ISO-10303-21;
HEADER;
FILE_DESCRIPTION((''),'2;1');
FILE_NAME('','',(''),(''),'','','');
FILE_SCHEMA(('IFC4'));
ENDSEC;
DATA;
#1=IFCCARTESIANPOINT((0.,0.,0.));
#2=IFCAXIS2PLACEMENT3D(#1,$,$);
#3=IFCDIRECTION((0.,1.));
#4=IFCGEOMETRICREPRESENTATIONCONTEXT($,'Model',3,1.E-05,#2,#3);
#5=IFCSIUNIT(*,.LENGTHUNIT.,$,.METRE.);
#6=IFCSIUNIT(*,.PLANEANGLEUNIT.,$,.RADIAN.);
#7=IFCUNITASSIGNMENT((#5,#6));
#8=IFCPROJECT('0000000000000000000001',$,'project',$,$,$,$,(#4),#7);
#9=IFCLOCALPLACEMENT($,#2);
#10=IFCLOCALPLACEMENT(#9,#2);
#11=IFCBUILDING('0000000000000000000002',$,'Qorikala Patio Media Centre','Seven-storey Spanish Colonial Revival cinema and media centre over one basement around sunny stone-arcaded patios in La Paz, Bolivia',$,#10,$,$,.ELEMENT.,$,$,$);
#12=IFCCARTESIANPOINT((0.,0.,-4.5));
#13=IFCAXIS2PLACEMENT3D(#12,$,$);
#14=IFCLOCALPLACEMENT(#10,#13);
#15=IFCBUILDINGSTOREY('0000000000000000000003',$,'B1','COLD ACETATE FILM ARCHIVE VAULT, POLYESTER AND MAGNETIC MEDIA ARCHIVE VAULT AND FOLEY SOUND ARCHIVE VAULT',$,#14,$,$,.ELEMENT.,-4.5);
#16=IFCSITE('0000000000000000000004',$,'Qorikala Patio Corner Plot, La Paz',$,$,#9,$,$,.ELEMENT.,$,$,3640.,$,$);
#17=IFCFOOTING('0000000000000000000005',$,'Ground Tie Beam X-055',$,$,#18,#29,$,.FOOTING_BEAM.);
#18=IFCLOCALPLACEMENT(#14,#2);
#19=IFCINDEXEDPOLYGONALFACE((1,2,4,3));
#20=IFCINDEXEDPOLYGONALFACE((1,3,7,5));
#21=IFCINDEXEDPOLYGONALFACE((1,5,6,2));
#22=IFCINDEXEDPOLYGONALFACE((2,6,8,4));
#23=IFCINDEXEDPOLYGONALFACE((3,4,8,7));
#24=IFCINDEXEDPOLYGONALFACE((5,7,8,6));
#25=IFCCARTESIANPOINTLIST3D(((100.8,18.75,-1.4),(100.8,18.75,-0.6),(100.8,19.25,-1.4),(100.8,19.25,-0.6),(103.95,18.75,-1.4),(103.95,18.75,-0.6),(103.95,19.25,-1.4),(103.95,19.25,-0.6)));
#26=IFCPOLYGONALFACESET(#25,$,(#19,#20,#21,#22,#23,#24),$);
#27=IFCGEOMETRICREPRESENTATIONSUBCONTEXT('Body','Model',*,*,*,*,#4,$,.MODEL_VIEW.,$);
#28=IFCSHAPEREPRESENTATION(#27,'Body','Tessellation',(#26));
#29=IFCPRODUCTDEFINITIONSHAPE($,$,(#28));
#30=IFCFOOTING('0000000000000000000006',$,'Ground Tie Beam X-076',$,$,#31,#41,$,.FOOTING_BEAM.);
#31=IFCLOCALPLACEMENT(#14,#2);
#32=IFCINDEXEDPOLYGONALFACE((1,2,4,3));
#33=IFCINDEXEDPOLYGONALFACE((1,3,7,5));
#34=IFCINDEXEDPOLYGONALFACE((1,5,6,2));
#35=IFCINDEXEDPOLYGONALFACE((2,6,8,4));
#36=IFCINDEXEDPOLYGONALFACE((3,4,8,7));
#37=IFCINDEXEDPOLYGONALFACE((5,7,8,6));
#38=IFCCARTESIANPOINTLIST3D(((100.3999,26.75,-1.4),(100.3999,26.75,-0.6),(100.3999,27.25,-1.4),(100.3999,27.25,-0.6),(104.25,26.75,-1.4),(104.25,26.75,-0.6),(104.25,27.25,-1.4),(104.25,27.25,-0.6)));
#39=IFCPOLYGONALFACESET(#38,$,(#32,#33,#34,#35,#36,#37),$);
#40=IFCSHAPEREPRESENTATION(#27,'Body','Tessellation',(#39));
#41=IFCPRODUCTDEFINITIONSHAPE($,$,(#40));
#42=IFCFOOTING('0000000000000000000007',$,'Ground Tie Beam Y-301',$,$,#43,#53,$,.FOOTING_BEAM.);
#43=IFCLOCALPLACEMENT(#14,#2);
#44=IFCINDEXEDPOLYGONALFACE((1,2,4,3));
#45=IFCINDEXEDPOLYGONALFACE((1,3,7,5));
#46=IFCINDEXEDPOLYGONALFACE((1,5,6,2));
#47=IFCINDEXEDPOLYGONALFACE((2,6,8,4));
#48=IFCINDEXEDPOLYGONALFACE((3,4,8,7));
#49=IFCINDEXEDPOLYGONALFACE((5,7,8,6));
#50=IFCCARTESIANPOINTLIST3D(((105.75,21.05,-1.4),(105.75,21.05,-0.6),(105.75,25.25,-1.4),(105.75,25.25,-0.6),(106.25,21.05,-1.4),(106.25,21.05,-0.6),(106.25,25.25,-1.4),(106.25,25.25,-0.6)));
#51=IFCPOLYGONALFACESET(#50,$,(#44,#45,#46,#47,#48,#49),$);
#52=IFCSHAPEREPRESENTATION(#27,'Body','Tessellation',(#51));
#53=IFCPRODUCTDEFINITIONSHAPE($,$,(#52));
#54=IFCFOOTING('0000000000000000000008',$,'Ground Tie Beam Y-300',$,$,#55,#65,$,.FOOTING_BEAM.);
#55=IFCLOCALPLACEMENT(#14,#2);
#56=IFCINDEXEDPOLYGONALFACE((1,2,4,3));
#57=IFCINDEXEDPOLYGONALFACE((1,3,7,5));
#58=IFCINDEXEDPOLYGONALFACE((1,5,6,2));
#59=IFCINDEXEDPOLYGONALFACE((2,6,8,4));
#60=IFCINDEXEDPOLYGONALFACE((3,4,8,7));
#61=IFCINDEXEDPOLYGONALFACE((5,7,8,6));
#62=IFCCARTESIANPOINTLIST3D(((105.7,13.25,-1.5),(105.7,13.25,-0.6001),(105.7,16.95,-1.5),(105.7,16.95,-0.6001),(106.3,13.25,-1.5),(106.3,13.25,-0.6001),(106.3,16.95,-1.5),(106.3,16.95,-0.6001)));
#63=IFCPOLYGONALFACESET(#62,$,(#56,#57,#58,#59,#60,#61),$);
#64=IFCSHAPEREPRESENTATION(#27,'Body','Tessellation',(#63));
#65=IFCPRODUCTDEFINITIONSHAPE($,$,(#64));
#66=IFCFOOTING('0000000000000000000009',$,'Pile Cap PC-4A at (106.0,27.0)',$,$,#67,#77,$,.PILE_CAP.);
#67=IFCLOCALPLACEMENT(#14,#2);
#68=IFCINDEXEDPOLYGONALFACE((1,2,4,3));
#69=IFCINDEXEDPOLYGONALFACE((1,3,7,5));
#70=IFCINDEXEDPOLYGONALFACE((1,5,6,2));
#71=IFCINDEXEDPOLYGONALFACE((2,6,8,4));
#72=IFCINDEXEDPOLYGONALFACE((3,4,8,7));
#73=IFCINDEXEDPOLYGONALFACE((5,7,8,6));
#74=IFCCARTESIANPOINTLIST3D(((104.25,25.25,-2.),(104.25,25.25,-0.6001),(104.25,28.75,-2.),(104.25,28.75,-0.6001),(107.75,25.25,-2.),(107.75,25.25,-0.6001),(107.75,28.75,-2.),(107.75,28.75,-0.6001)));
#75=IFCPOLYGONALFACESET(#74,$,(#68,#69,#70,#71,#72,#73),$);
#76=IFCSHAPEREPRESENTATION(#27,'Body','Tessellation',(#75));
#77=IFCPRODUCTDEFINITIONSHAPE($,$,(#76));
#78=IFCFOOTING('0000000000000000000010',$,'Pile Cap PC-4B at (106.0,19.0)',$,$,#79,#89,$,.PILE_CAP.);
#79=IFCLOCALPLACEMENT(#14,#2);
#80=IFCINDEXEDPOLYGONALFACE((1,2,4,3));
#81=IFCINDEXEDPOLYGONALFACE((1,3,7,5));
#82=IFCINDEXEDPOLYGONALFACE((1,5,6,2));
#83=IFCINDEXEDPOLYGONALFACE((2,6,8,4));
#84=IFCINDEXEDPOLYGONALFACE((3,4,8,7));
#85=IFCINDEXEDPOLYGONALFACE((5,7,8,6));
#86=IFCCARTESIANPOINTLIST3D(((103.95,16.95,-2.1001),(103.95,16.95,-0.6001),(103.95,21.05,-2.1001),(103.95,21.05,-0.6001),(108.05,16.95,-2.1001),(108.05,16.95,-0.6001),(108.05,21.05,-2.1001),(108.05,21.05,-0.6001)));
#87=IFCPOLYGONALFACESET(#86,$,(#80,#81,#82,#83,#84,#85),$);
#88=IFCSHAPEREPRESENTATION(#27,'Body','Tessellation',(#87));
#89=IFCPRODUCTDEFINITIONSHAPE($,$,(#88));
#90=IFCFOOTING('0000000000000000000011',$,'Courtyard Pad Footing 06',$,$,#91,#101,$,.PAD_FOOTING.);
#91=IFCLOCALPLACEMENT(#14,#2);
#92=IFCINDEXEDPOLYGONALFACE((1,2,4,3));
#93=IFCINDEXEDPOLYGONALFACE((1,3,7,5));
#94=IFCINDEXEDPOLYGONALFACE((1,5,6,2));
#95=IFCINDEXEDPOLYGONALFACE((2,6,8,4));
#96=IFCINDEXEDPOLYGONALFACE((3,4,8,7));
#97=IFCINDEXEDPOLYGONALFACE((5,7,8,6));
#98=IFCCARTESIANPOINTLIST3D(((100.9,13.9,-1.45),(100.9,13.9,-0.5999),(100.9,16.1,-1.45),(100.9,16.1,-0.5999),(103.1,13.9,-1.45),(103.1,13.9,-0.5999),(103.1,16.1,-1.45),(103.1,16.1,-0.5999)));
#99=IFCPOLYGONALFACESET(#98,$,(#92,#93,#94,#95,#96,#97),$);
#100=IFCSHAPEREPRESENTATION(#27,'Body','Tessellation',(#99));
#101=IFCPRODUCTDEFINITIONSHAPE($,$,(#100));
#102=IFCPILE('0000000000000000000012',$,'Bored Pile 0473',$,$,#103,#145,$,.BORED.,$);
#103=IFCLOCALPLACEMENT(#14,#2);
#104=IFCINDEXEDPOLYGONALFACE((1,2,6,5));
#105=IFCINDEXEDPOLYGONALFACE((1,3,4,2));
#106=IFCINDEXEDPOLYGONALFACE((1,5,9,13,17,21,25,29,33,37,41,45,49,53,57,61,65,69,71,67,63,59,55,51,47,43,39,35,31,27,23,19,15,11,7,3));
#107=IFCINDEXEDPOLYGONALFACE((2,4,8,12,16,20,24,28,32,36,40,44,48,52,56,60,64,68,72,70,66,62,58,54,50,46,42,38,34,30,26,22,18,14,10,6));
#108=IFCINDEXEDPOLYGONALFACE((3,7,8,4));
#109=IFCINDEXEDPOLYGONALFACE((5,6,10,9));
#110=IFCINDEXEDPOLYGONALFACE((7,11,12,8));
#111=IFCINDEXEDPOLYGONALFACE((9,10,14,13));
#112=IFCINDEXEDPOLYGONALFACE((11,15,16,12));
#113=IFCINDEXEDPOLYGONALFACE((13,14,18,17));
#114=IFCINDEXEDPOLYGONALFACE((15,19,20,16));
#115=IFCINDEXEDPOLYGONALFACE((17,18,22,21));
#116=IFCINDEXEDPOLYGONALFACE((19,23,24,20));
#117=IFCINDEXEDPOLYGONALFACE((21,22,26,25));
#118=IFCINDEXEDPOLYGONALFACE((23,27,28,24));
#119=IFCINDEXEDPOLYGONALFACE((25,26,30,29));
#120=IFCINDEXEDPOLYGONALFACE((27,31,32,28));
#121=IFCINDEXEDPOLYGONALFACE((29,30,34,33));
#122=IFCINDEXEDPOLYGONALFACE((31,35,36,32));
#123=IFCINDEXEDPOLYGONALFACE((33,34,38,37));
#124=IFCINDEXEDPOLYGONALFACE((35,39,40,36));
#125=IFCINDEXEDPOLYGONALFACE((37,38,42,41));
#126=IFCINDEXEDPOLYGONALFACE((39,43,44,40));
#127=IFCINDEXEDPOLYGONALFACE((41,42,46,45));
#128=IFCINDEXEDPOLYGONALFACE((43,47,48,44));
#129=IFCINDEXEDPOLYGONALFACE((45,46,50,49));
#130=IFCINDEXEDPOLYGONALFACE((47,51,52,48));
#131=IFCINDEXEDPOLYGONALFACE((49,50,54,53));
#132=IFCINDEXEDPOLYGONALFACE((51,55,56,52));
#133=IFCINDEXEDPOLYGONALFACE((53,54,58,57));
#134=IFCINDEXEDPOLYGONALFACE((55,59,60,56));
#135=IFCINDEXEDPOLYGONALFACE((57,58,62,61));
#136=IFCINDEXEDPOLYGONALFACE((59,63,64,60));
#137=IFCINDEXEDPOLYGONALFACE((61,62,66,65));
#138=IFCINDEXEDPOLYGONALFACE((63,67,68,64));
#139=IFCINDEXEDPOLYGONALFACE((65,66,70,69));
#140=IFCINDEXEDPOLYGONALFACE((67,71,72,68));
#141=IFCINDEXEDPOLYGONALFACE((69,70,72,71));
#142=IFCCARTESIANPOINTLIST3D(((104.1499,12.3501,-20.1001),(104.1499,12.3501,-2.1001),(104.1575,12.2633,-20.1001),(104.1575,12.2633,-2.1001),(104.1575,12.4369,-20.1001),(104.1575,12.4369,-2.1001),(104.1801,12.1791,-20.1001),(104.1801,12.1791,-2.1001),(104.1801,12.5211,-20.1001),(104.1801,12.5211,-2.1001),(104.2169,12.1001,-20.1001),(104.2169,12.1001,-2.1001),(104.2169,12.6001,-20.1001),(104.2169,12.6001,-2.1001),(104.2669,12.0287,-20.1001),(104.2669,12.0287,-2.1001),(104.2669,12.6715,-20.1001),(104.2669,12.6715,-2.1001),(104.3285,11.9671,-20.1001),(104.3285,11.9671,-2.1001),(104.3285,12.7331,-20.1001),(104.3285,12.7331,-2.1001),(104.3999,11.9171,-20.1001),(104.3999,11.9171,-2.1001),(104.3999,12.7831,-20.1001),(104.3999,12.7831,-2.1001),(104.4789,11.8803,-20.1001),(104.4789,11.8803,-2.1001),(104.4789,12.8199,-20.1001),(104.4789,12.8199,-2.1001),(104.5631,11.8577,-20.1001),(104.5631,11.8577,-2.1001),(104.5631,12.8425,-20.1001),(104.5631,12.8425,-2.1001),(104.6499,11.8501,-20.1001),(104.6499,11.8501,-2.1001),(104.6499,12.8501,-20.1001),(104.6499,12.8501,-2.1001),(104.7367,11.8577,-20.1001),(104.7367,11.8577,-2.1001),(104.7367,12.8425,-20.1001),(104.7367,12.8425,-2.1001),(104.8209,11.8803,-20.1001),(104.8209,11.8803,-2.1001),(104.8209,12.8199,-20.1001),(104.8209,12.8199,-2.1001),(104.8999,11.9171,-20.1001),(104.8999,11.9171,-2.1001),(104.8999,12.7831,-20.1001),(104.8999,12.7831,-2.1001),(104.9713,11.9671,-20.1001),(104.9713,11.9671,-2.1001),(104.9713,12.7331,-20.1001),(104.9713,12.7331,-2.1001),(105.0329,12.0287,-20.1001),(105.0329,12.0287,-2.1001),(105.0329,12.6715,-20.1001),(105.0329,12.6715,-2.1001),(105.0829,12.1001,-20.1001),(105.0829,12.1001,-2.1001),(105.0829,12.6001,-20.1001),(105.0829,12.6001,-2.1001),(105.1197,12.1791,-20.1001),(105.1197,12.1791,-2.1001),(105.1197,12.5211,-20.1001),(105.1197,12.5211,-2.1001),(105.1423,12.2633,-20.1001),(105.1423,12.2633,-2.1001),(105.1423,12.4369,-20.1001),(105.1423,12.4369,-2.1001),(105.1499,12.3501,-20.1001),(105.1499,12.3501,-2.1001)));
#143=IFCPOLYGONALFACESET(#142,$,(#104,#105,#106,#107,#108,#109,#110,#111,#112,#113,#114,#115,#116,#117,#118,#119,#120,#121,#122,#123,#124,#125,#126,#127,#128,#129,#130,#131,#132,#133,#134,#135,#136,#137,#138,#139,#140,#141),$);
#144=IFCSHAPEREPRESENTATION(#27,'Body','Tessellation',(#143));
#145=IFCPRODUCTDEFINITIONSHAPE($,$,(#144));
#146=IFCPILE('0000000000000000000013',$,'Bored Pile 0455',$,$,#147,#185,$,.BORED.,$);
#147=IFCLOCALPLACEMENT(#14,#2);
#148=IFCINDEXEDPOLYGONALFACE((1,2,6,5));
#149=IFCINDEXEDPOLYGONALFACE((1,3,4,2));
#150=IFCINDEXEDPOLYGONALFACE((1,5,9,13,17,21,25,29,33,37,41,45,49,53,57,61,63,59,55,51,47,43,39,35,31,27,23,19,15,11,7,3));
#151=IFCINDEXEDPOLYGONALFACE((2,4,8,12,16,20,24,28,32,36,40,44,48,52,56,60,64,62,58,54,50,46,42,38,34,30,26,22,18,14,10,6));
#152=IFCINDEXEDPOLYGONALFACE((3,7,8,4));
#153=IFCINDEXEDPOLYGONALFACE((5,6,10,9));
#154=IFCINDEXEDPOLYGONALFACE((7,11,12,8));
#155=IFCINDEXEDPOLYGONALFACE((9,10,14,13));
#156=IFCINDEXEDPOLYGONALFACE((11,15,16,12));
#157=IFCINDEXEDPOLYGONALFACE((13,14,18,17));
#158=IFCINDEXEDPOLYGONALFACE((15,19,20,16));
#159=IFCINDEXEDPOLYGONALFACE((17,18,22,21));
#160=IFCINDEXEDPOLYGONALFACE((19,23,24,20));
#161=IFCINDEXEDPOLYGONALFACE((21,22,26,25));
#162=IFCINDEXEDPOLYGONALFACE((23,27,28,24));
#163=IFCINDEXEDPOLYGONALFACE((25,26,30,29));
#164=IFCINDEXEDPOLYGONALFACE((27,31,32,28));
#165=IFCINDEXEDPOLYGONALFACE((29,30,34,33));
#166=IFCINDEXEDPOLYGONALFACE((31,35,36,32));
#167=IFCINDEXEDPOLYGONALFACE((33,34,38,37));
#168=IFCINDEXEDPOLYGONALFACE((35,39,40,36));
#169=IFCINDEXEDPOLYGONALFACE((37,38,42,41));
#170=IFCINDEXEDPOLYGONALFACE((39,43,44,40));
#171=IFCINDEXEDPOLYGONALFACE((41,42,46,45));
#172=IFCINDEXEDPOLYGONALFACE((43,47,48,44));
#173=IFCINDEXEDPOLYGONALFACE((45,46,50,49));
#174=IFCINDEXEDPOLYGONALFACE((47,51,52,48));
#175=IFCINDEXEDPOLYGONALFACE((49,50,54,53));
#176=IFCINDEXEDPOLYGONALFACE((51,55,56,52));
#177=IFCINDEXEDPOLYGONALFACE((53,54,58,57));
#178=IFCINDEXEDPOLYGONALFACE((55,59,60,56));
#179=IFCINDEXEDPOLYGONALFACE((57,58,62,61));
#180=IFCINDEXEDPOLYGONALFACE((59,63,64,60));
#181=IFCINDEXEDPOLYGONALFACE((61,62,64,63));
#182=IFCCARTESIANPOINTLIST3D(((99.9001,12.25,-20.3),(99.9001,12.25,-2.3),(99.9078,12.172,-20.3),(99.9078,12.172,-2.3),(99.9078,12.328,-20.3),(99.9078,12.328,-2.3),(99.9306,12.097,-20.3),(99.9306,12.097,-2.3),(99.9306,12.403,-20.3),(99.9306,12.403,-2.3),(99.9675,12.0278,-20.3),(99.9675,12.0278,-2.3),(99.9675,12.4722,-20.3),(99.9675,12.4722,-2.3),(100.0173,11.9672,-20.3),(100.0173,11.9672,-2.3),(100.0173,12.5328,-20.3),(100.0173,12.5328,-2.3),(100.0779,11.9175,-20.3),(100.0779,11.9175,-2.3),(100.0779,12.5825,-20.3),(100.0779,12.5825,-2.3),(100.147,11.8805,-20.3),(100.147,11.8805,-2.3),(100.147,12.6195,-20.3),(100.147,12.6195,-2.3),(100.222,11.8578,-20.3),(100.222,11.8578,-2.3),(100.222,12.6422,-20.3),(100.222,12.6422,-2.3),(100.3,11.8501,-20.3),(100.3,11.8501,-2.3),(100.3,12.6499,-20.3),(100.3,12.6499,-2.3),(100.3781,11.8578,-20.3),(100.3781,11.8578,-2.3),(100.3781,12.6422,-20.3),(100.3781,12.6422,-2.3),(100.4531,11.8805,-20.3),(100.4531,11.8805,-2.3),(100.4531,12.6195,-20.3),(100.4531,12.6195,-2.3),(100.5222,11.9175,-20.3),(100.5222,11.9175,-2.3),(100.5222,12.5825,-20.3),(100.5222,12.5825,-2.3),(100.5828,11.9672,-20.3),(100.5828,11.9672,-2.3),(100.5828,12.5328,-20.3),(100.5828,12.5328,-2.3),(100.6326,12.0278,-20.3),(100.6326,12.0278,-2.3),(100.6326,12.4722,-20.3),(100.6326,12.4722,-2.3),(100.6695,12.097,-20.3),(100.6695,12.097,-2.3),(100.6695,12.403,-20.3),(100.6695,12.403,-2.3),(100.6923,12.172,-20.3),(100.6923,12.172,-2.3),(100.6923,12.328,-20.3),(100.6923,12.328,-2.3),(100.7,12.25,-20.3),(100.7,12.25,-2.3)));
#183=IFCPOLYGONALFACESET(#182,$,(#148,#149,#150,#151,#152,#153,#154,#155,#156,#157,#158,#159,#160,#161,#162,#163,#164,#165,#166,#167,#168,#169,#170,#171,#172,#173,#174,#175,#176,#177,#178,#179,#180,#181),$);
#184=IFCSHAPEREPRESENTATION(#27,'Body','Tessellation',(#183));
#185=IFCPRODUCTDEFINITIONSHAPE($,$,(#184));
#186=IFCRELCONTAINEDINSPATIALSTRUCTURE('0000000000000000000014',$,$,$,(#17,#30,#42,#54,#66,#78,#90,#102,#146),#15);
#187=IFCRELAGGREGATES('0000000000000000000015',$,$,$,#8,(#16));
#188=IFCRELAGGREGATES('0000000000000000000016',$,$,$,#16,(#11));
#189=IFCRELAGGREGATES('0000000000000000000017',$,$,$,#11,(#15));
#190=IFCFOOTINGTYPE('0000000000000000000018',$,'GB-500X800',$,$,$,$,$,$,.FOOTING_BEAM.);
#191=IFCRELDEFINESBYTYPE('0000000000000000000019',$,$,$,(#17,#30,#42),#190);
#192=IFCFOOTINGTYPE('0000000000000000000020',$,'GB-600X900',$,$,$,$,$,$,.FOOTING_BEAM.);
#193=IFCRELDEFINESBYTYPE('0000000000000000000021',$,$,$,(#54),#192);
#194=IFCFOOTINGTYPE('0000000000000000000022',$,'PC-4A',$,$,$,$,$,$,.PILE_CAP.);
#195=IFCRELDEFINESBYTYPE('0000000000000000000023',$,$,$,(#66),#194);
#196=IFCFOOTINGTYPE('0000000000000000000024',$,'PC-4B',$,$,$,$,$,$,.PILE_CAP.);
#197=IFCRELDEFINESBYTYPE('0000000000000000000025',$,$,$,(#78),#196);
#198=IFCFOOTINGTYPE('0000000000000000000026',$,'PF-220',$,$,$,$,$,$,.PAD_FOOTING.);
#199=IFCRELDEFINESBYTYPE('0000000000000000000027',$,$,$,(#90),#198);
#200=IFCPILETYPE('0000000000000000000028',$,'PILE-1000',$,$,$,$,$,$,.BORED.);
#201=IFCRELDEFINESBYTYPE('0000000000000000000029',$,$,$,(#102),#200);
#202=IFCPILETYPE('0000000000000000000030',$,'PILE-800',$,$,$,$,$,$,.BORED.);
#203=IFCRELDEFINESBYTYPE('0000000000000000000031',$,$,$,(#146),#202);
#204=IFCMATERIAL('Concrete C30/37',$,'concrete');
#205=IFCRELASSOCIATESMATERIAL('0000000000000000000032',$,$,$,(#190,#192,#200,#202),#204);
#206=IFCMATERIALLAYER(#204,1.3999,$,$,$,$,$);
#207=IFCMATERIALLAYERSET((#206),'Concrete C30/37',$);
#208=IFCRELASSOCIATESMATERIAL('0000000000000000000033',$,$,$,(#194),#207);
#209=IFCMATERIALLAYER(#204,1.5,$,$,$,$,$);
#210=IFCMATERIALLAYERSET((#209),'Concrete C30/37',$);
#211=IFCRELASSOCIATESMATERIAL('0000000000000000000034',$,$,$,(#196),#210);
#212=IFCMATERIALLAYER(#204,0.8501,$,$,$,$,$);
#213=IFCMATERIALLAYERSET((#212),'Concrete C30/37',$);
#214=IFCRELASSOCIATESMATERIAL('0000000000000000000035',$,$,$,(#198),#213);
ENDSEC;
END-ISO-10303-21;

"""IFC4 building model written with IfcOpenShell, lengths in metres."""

from ifc_helpers import new_model, si_unit, direction, frame, origin, origin_2d, place, context, subcontext, project, spatial, rectangle, circle, extrude, material, layer, layer_set, material_profile, profile_set, type_object, element, save


model = new_model("IFC4")

# Units and contexts
model_context = context("Model", 3, precision=1e-05, world=origin(), true_north=direction((0.0, 1.0)))
body_context = subcontext(model_context, "Body", "Model", "MODEL_VIEW")
ifc_project = project(units=[si_unit("LENGTHUNIT", "METRE"), si_unit("PLANEANGLEUNIT", "RADIAN")], contexts=[model_context])

# Site, building, storey
site_placement = place(None, origin())
site = spatial("IfcSite", under=ifc_project, at=site_placement, Name="Qorikala Patio Corner Plot, La Paz", CompositionType="ELEMENT", RefElevation=3640.0)
building_placement = place(site_placement, origin())
building = spatial("IfcBuilding", under=site, at=building_placement, Name="Qorikala Patio Media Centre", Description="Seven-storey Spanish Colonial Revival cinema and media centre over one basement around sunny stone-arcaded patios in La Paz, Bolivia", CompositionType="ELEMENT")
storey_placement = place(building_placement, frame((0.0, 0.0, -4.5)))
storey = spatial("IfcBuildingStorey", under=building, at=storey_placement, Name="B1", Description="COLD ACETATE FILM ARCHIVE VAULT, POLYESTER AND MAGNETIC MEDIA ARCHIVE VAULT AND FOLEY SOUND ARCHIVE VAULT", CompositionType="ELEMENT", Elevation=-4.5)

# Footings
ifc_material_1 = material(Name="Concrete C30/37", Category="concrete")
ifc_material_profile_1 = material_profile(ifc_material_1, rectangle(XDim=0.5, YDim=0.8, at=origin_2d()), Name="RC 500x800")
ifc_profile_set_1 = profile_set([ifc_material_profile_1], Name="Concrete C30/37")
footing_type_1 = type_object("IfcFootingType", Name="GB-500X800", PredefinedType="FOOTING_BEAM", material=ifc_profile_set_1)
footing_1_placement = place(storey_placement, frame((100.8, 19.0, -1.0), z_axis=(1.0, 0.0, 0.0), x_axis=(0.0, 1.0, 0.0)))
element("IfcFooting", 1, at=footing_1_placement, inside=storey, type_object=footing_type_1, Name="Ground Tie Beam X-055", PredefinedType="FOOTING_BEAM", context=body_context, shape_type="SweptSolid", body=[
    extrude(rectangle(XDim=0.5, YDim=0.8, at=origin_2d()), origin(), (0.0, 0.0, 1.0), 3.1499),
])
footing_2_placement = place(storey_placement, frame((100.3999, 27.0, -1.0), z_axis=(1.0, 0.0, 0.0), x_axis=(0.0, 1.0, 0.0)))
element("IfcFooting", 2, at=footing_2_placement, inside=storey, type_object=footing_type_1, Name="Ground Tie Beam X-076", PredefinedType="FOOTING_BEAM", context=body_context, shape_type="SweptSolid", body=[
    extrude(rectangle(XDim=0.5, YDim=0.8, at=origin_2d()), origin(), (0.0, 0.0, 1.0), 3.8501),
])
footing_3_placement = place(storey_placement, frame((106.0, 21.05, -1.0), z_axis=(0.0, 1.0, 0.0), x_axis=(-1.0, 0.0, 0.0)))
element("IfcFooting", 3, at=footing_3_placement, inside=storey, type_object=footing_type_1, Name="Ground Tie Beam Y-301", PredefinedType="FOOTING_BEAM", context=body_context, shape_type="SweptSolid", body=[
    extrude(rectangle(XDim=0.5, YDim=0.8, at=origin_2d()), origin(), (0.0, 0.0, 1.0), 4.2),
])
ifc_material_profile_2 = material_profile(ifc_material_1, rectangle(XDim=0.6001, YDim=0.8999, at=origin_2d()), Name="RC 600x900")
ifc_profile_set_2 = profile_set([ifc_material_profile_2], Name="Concrete C30/37")
footing_type_2 = type_object("IfcFootingType", Name="GB-600X900", PredefinedType="FOOTING_BEAM", material=ifc_profile_set_2)
footing_4_placement = place(storey_placement, frame((106.0, 13.25, -1.05), z_axis=(0.0, 1.0, 0.0), x_axis=(-1.0, 0.0, 0.0)))
element("IfcFooting", 4, at=footing_4_placement, inside=storey, type_object=footing_type_2, Name="Ground Tie Beam Y-300", PredefinedType="FOOTING_BEAM", context=body_context, shape_type="SweptSolid", body=[
    extrude(rectangle(XDim=0.6001, YDim=0.8999, at=origin_2d()), origin(), (0.0, 0.0, 1.0), 3.7),
])
ifc_layer_1 = layer(ifc_material_1, 1.3999)
ifc_layer_set_1 = layer_set([ifc_layer_1], Name="Concrete C30/37")
footing_type_3 = type_object("IfcFootingType", Name="PC-4A", PredefinedType="PILE_CAP", material=ifc_layer_set_1)
footing_5_placement = place(storey_placement, frame((106.0, 27.0, -2.0), z_axis=(0.0, 0.0, 1.0), x_axis=(1.0, 0.0, 0.0)))
element("IfcFooting", 5, at=footing_5_placement, inside=storey, type_object=footing_type_3, Name="Pile Cap PC-4A at (106.0,27.0)", PredefinedType="PILE_CAP", context=body_context, shape_type="SweptSolid", body=[
    extrude(rectangle(XDim=3.5, YDim=3.5, at=origin_2d()), origin(), (0.0, 0.0, 1.0), 1.3999),
])
ifc_layer_2 = layer(ifc_material_1, 1.5)
ifc_layer_set_2 = layer_set([ifc_layer_2], Name="Concrete C30/37")
footing_type_4 = type_object("IfcFootingType", Name="PC-4B", PredefinedType="PILE_CAP", material=ifc_layer_set_2)
footing_6_placement = place(storey_placement, frame((106.0, 19.0, -2.1001), z_axis=(0.0, 0.0, 1.0), x_axis=(1.0, 0.0, 0.0)))
element("IfcFooting", 6, at=footing_6_placement, inside=storey, type_object=footing_type_4, Name="Pile Cap PC-4B at (106.0,19.0)", PredefinedType="PILE_CAP", context=body_context, shape_type="SweptSolid", body=[
    extrude(rectangle(XDim=4.1001, YDim=4.1001, at=origin_2d()), origin(), (0.0, 0.0, 1.0), 1.5),
])
ifc_layer_3 = layer(ifc_material_1, 0.8501)
ifc_layer_set_3 = layer_set([ifc_layer_3], Name="Concrete C30/37")
footing_type_5 = type_object("IfcFootingType", Name="PF-220", PredefinedType="PAD_FOOTING", material=ifc_layer_set_3)
footing_7_placement = place(storey_placement, frame((102.0, 15.0, -1.45), z_axis=(0.0, 0.0, 1.0), x_axis=(1.0, 0.0, 0.0)))
element("IfcFooting", 7, at=footing_7_placement, inside=storey, type_object=footing_type_5, Name="Courtyard Pad Footing 06", PredefinedType="PAD_FOOTING", context=body_context, shape_type="SweptSolid", body=[
    extrude(rectangle(XDim=2.2, YDim=2.2, at=origin_2d()), origin(), (0.0, 0.0, 1.0), 0.8501),
])

# Piles
ifc_material_profile_3 = material_profile(ifc_material_1, circle(Radius=0.5, at=origin_2d()), Name="BORED PILE 1000")
ifc_profile_set_3 = profile_set([ifc_material_profile_3], Name="Concrete C30/37")
pile_type_1 = type_object("IfcPileType", Name="PILE-1000", PredefinedType="BORED", material=ifc_profile_set_3)
pile_placement = place(storey_placement, frame((104.6499, 12.3501, -2.1001), z_axis=(0.0, 0.0, -1.0), x_axis=(1.0, 0.0, 0.0)))
element("IfcPile", 8, at=pile_placement, inside=storey, type_object=pile_type_1, Name="Bored Pile 0473", PredefinedType="BORED", context=body_context, shape_type="SweptSolid", body=[
    extrude(circle(Radius=0.5, at=origin_2d()), origin(), (0.0, 0.0, 1.0), 18.0),
])
ifc_material_profile_4 = material_profile(ifc_material_1, circle(Radius=0.3999, at=origin_2d()), Name="BORED PILE 800")
ifc_profile_set_4 = profile_set([ifc_material_profile_4], Name="Concrete C30/37")
pile_type_2 = type_object("IfcPileType", Name="PILE-800", PredefinedType="BORED", material=ifc_profile_set_4)
for number, where, z_axis, x_axis, name in (
    (9, (100.3, 12.25, -2.3), (0.0, 0.0, -1.0), (1.0, 0.0, 0.0), "Bored Pile 0455"),
):
    element("IfcPile", number, at=place(storey_placement, frame(where, z_axis=z_axis, x_axis=x_axis)), inside=storey, type_object=pile_type_2, Name=name, PredefinedType="BORED", context=body_context, shape_type="SweptSolid", body=[
        extrude(circle(Radius=0.3999, at=origin_2d()), origin(), (0.0, 0.0, 1.0), 18.0),
    ])

save(model, "model.ifc")
